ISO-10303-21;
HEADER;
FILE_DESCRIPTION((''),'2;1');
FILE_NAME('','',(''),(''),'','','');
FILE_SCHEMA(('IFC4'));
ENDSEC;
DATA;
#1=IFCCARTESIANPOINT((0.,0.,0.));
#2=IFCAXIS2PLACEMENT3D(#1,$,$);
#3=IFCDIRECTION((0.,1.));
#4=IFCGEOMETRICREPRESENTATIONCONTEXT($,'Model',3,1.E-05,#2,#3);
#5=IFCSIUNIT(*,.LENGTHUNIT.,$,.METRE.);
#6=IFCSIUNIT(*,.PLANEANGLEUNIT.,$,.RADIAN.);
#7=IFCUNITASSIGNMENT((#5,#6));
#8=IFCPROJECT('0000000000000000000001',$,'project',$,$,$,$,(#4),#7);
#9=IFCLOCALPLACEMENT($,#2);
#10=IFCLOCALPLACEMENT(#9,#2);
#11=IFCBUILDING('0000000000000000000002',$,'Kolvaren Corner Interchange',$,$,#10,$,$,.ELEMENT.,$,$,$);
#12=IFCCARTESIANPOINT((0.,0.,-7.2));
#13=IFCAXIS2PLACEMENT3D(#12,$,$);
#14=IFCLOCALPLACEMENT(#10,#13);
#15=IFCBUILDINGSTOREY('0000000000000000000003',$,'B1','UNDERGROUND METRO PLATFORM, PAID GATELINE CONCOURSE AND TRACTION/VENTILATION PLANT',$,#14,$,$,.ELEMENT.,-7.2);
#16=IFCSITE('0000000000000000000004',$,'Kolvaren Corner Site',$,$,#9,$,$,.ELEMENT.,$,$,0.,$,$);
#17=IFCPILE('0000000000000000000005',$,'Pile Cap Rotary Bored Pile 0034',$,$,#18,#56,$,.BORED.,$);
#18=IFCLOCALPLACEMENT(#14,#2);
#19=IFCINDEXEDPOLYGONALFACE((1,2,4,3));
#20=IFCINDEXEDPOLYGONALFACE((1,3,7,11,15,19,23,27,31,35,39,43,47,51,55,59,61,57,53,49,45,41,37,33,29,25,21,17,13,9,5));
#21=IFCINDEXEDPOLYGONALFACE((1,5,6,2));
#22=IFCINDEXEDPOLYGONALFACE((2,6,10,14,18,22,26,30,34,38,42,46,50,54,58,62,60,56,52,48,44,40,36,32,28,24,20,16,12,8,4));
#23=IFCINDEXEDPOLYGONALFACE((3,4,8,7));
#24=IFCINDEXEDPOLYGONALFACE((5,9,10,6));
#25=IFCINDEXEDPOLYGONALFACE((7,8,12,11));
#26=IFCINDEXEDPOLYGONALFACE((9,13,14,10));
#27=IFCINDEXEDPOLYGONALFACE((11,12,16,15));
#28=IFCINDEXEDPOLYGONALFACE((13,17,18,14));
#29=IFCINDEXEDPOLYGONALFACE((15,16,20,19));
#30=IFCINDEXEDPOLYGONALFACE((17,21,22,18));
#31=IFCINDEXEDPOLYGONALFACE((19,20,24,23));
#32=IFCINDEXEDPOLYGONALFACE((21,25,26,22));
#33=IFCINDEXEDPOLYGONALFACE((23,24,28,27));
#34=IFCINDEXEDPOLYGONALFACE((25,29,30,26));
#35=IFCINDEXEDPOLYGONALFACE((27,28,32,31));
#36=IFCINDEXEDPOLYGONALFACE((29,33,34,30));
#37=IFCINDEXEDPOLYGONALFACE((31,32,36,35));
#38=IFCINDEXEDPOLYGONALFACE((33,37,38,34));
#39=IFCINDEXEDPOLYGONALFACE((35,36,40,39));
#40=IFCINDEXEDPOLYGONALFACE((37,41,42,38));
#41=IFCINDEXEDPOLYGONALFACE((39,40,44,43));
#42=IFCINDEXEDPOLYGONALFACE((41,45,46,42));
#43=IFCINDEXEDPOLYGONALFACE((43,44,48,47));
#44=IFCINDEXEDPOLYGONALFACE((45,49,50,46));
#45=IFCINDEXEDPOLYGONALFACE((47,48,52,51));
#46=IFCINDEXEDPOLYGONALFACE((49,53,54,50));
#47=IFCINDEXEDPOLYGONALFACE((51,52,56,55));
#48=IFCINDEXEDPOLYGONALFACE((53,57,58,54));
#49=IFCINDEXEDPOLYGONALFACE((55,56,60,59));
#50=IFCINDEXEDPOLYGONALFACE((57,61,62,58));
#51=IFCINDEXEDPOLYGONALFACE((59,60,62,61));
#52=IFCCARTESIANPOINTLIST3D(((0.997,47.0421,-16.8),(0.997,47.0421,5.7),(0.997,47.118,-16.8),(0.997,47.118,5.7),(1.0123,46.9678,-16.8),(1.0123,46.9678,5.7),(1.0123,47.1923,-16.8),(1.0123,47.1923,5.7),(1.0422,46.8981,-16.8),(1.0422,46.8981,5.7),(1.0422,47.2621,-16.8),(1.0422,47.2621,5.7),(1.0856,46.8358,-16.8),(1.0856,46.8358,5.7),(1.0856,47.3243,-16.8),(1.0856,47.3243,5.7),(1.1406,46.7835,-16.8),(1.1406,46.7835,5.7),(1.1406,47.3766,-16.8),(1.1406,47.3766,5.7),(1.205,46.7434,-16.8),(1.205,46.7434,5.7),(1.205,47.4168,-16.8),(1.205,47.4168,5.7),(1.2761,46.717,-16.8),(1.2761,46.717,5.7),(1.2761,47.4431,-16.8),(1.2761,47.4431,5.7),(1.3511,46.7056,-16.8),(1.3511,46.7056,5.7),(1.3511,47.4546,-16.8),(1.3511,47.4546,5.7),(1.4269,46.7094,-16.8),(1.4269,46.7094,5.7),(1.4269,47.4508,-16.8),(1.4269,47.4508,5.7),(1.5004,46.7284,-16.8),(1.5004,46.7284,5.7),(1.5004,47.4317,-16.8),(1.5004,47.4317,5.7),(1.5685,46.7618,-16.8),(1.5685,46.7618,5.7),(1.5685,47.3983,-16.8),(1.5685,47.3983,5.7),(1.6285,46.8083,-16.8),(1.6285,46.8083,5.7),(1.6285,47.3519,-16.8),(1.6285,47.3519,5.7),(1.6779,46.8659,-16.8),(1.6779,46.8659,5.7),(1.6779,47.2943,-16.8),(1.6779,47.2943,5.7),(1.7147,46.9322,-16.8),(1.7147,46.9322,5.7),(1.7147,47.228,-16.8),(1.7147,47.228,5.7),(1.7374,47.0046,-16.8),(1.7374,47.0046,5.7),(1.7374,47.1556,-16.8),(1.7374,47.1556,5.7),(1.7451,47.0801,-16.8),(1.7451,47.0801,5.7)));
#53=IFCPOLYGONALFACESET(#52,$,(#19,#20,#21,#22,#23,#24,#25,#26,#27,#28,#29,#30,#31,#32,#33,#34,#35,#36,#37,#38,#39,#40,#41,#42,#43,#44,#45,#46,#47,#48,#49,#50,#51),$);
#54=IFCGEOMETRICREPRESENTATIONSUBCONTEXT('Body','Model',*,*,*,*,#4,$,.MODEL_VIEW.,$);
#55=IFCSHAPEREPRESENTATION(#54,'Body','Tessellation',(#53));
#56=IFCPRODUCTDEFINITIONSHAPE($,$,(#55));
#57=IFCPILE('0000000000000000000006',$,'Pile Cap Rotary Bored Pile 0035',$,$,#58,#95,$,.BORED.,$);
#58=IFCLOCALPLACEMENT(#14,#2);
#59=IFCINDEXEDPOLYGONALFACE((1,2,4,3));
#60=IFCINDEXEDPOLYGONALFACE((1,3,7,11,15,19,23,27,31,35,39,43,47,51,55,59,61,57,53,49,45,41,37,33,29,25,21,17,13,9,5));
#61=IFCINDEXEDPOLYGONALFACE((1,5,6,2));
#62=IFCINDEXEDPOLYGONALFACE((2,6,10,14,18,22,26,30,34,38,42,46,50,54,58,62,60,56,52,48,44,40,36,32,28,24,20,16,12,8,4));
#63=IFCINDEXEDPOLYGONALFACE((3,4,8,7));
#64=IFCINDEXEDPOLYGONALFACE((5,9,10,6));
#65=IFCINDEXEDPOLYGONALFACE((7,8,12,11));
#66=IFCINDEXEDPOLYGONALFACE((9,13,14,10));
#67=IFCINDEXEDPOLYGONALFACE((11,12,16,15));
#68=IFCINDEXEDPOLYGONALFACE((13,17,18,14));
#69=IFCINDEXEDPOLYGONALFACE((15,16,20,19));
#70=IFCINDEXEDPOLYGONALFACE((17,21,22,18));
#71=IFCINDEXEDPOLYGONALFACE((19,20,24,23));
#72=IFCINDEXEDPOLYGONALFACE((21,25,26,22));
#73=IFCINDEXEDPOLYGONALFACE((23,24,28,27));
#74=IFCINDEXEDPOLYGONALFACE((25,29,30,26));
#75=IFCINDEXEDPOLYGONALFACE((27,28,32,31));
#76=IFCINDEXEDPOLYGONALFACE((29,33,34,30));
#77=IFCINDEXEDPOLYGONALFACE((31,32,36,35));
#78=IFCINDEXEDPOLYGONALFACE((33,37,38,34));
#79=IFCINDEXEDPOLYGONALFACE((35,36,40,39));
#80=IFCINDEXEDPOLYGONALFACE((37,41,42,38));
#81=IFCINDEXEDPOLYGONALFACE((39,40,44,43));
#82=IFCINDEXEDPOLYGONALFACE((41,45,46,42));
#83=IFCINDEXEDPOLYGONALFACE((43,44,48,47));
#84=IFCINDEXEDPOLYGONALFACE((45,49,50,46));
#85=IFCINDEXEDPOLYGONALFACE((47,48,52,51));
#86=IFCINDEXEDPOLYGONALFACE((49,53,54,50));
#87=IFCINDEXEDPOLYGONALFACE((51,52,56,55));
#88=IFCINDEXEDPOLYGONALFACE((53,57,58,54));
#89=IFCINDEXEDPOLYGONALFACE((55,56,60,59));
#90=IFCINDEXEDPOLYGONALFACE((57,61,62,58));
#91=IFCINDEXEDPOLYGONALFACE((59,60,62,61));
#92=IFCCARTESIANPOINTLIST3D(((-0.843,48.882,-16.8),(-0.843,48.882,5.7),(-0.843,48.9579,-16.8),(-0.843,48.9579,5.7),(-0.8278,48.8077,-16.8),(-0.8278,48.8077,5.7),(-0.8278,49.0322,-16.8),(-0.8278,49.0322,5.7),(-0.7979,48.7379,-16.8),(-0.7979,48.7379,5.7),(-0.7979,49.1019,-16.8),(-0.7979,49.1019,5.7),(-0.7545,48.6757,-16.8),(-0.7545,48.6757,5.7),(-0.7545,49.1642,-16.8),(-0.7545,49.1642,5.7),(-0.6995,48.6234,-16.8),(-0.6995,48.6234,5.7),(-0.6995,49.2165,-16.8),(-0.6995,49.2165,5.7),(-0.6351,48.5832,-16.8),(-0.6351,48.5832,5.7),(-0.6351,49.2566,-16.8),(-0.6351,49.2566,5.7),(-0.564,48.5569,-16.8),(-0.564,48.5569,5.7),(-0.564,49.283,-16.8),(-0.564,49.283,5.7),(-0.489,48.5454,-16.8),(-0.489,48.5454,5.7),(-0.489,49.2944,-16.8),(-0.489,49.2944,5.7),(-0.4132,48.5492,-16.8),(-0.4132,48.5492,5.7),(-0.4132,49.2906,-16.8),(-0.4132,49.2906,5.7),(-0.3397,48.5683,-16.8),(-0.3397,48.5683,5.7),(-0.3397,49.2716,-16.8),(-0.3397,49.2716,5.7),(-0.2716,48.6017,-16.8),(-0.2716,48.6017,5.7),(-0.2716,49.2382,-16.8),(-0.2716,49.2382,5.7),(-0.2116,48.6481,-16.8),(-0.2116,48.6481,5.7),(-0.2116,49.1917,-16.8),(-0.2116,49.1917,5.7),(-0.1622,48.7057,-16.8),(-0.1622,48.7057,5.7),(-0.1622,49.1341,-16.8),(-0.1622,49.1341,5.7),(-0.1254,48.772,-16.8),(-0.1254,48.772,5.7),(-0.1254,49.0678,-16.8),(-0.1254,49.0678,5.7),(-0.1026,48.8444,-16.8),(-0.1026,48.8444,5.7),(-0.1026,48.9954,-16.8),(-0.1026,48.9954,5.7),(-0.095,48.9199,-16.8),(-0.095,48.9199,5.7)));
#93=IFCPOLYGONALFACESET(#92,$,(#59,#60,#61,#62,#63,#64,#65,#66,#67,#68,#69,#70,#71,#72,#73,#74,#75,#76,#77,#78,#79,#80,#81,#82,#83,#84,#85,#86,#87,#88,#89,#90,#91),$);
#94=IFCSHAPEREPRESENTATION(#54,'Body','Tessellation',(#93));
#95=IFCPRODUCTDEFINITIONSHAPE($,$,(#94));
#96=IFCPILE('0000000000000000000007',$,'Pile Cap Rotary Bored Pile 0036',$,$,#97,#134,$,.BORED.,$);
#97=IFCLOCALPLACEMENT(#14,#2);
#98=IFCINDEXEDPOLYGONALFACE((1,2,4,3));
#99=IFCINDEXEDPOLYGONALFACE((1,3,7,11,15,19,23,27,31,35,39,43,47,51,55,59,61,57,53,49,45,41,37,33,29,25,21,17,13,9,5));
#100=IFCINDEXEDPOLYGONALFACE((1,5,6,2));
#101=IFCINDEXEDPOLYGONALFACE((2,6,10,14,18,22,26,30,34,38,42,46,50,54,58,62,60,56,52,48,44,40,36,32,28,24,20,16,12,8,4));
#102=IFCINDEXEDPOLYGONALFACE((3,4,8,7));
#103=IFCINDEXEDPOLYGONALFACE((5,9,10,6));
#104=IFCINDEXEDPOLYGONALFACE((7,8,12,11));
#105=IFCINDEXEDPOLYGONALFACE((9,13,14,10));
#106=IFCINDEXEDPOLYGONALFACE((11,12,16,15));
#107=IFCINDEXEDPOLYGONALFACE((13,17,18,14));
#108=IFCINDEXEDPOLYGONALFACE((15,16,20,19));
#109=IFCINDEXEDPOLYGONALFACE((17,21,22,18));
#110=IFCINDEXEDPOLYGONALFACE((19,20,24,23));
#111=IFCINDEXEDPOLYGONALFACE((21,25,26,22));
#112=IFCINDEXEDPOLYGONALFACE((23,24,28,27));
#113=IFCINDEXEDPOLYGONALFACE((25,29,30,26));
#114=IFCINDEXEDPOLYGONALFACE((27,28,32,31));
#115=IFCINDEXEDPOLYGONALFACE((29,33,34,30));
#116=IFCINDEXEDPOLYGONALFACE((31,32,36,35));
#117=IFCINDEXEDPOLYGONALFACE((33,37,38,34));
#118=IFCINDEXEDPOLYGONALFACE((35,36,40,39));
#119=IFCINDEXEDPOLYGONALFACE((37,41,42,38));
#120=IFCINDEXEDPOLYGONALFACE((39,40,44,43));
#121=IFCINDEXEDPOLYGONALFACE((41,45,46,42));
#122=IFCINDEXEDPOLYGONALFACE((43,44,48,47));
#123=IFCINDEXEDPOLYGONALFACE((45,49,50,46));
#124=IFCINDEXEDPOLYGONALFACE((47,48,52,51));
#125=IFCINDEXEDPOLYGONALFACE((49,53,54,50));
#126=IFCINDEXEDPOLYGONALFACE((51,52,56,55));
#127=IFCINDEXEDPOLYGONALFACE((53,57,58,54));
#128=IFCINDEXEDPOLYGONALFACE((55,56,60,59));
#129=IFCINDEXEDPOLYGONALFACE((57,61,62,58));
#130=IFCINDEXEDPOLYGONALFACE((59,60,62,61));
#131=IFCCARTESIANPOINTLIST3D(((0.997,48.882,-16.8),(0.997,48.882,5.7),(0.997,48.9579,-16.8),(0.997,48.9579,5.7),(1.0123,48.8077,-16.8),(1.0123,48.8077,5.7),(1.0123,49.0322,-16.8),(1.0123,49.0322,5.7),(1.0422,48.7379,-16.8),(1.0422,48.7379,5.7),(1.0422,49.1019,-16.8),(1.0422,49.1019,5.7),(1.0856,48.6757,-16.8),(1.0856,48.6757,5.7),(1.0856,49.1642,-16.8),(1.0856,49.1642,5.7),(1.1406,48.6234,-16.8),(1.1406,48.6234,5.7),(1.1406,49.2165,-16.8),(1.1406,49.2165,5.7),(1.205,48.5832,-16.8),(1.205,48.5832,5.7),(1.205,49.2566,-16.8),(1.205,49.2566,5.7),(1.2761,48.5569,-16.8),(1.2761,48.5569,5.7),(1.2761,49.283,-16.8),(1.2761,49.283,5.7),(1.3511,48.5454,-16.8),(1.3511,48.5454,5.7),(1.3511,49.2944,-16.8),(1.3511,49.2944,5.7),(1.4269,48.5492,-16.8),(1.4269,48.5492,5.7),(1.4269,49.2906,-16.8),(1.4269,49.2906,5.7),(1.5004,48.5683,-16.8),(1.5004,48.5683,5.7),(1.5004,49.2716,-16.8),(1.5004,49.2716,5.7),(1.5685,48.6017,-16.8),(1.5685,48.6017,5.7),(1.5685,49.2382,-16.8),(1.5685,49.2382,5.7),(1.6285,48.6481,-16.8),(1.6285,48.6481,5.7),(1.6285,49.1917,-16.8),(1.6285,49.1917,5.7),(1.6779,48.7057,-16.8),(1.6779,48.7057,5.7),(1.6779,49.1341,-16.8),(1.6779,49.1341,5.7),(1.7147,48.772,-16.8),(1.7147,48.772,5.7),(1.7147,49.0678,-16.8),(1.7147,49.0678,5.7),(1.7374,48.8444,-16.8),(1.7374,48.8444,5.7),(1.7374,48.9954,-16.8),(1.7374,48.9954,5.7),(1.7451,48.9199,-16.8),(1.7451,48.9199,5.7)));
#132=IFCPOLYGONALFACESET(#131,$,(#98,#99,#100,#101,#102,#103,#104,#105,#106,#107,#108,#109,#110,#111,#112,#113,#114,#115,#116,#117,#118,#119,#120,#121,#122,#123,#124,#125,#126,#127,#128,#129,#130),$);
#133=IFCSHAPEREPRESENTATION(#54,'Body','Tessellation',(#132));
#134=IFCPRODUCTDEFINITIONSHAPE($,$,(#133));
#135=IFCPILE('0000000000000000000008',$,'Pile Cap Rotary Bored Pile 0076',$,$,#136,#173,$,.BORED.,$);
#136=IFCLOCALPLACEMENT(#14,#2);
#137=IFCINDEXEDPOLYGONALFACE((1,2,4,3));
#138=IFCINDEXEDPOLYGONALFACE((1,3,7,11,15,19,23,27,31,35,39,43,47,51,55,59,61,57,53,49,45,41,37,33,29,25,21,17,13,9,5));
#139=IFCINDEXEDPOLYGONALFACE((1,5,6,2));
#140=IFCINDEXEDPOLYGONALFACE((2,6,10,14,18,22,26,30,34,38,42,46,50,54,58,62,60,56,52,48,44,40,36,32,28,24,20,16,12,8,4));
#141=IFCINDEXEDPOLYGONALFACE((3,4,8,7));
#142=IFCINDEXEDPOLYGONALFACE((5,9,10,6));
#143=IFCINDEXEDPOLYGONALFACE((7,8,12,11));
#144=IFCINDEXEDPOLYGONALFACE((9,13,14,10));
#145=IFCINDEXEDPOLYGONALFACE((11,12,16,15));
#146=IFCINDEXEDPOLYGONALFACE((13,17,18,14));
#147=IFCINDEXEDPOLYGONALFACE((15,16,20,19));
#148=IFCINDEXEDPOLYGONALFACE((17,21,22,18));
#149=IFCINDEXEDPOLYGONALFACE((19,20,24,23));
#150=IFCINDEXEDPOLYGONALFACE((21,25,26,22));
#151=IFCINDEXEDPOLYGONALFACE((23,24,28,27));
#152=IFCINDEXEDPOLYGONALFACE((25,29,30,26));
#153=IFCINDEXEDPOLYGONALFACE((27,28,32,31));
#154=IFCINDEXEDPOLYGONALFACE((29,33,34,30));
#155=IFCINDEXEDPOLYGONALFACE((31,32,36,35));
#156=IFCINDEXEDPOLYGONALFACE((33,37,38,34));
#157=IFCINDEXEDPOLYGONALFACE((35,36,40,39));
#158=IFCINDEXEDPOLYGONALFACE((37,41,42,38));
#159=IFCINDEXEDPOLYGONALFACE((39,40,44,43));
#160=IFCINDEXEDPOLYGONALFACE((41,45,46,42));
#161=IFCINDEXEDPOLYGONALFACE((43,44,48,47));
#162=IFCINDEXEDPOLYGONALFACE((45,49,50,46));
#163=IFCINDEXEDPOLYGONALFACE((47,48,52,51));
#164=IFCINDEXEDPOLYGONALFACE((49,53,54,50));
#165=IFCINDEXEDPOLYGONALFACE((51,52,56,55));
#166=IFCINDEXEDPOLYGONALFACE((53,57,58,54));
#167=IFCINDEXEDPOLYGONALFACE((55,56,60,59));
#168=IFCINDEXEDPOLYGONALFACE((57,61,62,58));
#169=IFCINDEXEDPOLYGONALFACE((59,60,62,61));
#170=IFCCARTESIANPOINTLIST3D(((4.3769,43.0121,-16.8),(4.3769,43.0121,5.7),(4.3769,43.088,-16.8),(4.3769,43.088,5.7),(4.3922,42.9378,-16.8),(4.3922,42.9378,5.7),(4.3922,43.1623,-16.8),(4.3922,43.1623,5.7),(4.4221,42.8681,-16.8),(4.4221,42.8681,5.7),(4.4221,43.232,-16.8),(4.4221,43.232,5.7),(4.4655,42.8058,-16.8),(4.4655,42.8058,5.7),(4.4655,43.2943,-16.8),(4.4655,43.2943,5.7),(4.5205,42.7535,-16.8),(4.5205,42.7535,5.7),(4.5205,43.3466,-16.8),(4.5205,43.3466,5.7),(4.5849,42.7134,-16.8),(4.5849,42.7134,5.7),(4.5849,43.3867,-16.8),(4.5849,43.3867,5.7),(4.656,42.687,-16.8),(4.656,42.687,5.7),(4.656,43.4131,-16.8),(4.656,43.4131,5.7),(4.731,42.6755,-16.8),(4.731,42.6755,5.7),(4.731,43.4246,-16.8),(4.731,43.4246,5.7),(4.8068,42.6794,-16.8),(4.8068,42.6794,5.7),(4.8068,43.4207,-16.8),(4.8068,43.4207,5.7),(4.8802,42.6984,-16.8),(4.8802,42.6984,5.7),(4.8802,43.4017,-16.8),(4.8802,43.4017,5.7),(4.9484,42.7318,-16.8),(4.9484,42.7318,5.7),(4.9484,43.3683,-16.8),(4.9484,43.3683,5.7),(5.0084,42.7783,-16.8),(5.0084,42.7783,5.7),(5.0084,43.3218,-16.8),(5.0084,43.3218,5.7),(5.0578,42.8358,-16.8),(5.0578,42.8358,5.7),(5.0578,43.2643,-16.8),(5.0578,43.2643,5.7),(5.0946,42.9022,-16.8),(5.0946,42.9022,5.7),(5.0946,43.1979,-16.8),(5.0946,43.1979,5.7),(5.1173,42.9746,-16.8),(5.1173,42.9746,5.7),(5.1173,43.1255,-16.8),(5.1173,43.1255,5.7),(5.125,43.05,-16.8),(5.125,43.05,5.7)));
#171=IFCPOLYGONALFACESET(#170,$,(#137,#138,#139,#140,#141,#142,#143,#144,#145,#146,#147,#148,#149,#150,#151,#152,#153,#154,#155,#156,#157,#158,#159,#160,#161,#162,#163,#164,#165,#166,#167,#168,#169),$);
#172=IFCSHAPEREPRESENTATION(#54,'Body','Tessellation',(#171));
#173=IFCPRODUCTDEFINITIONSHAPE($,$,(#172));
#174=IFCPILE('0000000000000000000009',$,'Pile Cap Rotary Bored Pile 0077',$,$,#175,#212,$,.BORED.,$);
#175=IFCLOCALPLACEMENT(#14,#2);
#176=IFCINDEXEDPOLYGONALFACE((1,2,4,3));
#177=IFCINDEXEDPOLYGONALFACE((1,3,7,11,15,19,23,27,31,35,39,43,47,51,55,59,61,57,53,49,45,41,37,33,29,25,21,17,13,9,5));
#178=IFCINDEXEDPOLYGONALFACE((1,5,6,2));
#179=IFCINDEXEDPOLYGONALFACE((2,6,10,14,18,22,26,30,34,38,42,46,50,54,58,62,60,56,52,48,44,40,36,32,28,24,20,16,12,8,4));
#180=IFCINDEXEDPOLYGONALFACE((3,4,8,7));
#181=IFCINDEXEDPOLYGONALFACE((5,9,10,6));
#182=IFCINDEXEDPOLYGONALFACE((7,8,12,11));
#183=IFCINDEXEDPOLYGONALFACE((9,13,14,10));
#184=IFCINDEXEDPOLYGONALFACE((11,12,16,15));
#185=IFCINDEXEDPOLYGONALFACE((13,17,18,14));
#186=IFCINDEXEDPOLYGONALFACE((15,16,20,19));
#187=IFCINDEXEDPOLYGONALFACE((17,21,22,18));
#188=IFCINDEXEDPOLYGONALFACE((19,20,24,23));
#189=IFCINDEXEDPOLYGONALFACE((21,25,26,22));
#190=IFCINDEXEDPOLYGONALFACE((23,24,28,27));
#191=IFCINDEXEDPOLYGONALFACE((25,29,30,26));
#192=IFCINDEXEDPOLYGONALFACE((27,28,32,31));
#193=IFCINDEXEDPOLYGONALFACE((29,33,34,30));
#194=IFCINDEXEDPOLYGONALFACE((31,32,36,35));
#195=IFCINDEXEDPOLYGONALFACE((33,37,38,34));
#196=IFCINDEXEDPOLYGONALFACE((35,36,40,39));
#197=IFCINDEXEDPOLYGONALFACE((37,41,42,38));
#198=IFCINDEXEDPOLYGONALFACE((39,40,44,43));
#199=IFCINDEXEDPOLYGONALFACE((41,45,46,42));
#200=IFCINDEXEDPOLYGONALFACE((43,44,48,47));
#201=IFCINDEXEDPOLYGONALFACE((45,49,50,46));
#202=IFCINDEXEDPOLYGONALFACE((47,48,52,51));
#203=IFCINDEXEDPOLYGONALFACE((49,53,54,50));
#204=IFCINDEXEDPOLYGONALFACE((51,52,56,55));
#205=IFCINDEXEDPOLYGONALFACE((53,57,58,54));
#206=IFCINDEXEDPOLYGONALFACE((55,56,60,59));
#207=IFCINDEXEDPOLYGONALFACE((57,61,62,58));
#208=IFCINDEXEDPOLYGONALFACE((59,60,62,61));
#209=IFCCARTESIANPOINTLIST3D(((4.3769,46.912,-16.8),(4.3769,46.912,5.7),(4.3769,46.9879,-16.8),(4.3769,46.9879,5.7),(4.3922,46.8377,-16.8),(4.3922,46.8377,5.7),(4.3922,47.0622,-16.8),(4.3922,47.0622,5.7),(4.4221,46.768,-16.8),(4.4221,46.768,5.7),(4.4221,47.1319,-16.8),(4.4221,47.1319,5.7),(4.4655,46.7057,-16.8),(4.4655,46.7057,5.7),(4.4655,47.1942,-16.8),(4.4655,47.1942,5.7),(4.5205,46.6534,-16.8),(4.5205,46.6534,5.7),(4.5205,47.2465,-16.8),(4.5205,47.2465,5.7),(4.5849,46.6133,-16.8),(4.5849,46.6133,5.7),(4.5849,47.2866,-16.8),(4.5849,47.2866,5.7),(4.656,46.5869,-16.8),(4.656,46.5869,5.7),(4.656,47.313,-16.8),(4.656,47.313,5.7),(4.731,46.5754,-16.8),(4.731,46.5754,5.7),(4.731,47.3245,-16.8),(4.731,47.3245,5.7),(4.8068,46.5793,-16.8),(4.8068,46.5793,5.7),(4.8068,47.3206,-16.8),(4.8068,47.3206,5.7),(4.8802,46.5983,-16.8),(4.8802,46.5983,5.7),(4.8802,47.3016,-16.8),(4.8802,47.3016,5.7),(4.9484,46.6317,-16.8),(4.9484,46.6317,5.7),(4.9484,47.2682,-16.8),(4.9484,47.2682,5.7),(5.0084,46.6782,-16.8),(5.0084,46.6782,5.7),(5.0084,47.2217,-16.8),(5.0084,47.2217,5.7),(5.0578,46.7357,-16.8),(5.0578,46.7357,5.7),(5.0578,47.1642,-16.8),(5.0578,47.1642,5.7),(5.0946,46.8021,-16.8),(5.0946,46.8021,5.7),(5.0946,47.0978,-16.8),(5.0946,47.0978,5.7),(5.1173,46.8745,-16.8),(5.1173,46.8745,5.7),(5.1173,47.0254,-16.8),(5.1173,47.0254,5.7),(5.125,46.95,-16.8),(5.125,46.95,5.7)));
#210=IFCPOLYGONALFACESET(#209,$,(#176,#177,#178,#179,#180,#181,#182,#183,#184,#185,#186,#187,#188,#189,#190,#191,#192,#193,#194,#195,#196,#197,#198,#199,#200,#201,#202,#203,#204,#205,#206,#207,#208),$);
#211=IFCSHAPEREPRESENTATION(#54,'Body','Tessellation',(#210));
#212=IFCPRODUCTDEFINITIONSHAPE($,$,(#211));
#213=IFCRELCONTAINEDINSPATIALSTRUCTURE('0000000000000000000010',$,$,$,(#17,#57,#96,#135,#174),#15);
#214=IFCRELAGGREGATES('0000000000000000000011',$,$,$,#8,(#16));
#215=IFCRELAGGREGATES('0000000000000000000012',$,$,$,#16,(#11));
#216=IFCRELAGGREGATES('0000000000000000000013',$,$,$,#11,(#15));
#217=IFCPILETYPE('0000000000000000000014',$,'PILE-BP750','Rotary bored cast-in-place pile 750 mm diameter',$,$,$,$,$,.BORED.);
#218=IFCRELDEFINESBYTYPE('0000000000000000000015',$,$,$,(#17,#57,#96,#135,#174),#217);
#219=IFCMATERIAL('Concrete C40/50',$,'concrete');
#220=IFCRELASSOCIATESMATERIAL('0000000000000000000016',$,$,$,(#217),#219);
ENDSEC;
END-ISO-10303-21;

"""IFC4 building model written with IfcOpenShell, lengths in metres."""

from ifc_helpers import new_model, si_unit, direction, frame, origin, origin_2d, place, context, subcontext, project, spatial, circle, extrude, material, material_profile, profile_set, type_object, element, save


model = new_model("IFC4")

# Units and contexts
model_context = context("Model", 3, precision=1e-05, world=origin(), true_north=direction((0.0, 1.0)))
body_context = subcontext(model_context, "Body", "Model", "MODEL_VIEW")
ifc_project = project(units=[si_unit("LENGTHUNIT", "METRE"), si_unit("PLANEANGLEUNIT", "RADIAN")], contexts=[model_context])

# Site, building, storey
site_placement = place(None, origin())
site = spatial("IfcSite", under=ifc_project, at=site_placement, Name="Kolvaren Corner Site", CompositionType="ELEMENT", RefElevation=0.0)
building_placement = place(site_placement, origin())
building = spatial("IfcBuilding", under=site, at=building_placement, Name="Kolvaren Corner Interchange", CompositionType="ELEMENT")
storey_placement = place(building_placement, frame((0.0, 0.0, -7.2)))
storey = spatial("IfcBuildingStorey", under=building, at=storey_placement, Name="B1", Description="UNDERGROUND METRO PLATFORM, PAID GATELINE CONCOURSE AND TRACTION/VENTILATION PLANT", CompositionType="ELEMENT", Elevation=-7.2)

# Piles
ifc_material_1 = material(Name="Concrete C40/50", Category="concrete")
ifc_material_profile_1 = material_profile(ifc_material_1, circle(Radius=0.375, at=origin_2d()), Name="BORED PILE 750")
ifc_profile_set_1 = profile_set([ifc_material_profile_1], Name="Concrete C40/50")
pile_type_1 = type_object("IfcPileType", Name="PILE-BP750", Description="Rotary bored cast-in-place pile 750 mm diameter", PredefinedType="BORED", material=ifc_profile_set_1)
for number, where, z_axis, x_axis, name in (
    (1, (1.3701, 47.0801, 5.7), (0.0, 0.0, -1.0), (1.0, 0.0, 0.0), "Pile Cap Rotary Bored Pile 0034"),
    (2, (-0.47, 48.9199, 5.7), (0.0, 0.0, -1.0), (1.0, 0.0, 0.0), "Pile Cap Rotary Bored Pile 0035"),
    (3, (1.3701, 48.9199, 5.7), (0.0, 0.0, -1.0), (1.0, 0.0, 0.0), "Pile Cap Rotary Bored Pile 0036"),
    (4, (4.75, 43.05, 5.7), (0.0, 0.0, -1.0), (1.0, 0.0, 0.0), "Pile Cap Rotary Bored Pile 0076"),
    (5, (4.75, 46.95, 5.7), (0.0, 0.0, -1.0), (1.0, 0.0, 0.0), "Pile Cap Rotary Bored Pile 0077"),
):
    element("IfcPile", number, at=place(storey_placement, frame(where, z_axis=z_axis, x_axis=x_axis)), inside=storey, type_object=pile_type_1, Name=name, PredefinedType="BORED", context=body_context, shape_type="SweptSolid", body=[
        extrude(circle(Radius=0.375, at=origin_2d()), origin(), (0.0, 0.0, 1.0), 22.5),
    ])

save(model, "model.ifc")
